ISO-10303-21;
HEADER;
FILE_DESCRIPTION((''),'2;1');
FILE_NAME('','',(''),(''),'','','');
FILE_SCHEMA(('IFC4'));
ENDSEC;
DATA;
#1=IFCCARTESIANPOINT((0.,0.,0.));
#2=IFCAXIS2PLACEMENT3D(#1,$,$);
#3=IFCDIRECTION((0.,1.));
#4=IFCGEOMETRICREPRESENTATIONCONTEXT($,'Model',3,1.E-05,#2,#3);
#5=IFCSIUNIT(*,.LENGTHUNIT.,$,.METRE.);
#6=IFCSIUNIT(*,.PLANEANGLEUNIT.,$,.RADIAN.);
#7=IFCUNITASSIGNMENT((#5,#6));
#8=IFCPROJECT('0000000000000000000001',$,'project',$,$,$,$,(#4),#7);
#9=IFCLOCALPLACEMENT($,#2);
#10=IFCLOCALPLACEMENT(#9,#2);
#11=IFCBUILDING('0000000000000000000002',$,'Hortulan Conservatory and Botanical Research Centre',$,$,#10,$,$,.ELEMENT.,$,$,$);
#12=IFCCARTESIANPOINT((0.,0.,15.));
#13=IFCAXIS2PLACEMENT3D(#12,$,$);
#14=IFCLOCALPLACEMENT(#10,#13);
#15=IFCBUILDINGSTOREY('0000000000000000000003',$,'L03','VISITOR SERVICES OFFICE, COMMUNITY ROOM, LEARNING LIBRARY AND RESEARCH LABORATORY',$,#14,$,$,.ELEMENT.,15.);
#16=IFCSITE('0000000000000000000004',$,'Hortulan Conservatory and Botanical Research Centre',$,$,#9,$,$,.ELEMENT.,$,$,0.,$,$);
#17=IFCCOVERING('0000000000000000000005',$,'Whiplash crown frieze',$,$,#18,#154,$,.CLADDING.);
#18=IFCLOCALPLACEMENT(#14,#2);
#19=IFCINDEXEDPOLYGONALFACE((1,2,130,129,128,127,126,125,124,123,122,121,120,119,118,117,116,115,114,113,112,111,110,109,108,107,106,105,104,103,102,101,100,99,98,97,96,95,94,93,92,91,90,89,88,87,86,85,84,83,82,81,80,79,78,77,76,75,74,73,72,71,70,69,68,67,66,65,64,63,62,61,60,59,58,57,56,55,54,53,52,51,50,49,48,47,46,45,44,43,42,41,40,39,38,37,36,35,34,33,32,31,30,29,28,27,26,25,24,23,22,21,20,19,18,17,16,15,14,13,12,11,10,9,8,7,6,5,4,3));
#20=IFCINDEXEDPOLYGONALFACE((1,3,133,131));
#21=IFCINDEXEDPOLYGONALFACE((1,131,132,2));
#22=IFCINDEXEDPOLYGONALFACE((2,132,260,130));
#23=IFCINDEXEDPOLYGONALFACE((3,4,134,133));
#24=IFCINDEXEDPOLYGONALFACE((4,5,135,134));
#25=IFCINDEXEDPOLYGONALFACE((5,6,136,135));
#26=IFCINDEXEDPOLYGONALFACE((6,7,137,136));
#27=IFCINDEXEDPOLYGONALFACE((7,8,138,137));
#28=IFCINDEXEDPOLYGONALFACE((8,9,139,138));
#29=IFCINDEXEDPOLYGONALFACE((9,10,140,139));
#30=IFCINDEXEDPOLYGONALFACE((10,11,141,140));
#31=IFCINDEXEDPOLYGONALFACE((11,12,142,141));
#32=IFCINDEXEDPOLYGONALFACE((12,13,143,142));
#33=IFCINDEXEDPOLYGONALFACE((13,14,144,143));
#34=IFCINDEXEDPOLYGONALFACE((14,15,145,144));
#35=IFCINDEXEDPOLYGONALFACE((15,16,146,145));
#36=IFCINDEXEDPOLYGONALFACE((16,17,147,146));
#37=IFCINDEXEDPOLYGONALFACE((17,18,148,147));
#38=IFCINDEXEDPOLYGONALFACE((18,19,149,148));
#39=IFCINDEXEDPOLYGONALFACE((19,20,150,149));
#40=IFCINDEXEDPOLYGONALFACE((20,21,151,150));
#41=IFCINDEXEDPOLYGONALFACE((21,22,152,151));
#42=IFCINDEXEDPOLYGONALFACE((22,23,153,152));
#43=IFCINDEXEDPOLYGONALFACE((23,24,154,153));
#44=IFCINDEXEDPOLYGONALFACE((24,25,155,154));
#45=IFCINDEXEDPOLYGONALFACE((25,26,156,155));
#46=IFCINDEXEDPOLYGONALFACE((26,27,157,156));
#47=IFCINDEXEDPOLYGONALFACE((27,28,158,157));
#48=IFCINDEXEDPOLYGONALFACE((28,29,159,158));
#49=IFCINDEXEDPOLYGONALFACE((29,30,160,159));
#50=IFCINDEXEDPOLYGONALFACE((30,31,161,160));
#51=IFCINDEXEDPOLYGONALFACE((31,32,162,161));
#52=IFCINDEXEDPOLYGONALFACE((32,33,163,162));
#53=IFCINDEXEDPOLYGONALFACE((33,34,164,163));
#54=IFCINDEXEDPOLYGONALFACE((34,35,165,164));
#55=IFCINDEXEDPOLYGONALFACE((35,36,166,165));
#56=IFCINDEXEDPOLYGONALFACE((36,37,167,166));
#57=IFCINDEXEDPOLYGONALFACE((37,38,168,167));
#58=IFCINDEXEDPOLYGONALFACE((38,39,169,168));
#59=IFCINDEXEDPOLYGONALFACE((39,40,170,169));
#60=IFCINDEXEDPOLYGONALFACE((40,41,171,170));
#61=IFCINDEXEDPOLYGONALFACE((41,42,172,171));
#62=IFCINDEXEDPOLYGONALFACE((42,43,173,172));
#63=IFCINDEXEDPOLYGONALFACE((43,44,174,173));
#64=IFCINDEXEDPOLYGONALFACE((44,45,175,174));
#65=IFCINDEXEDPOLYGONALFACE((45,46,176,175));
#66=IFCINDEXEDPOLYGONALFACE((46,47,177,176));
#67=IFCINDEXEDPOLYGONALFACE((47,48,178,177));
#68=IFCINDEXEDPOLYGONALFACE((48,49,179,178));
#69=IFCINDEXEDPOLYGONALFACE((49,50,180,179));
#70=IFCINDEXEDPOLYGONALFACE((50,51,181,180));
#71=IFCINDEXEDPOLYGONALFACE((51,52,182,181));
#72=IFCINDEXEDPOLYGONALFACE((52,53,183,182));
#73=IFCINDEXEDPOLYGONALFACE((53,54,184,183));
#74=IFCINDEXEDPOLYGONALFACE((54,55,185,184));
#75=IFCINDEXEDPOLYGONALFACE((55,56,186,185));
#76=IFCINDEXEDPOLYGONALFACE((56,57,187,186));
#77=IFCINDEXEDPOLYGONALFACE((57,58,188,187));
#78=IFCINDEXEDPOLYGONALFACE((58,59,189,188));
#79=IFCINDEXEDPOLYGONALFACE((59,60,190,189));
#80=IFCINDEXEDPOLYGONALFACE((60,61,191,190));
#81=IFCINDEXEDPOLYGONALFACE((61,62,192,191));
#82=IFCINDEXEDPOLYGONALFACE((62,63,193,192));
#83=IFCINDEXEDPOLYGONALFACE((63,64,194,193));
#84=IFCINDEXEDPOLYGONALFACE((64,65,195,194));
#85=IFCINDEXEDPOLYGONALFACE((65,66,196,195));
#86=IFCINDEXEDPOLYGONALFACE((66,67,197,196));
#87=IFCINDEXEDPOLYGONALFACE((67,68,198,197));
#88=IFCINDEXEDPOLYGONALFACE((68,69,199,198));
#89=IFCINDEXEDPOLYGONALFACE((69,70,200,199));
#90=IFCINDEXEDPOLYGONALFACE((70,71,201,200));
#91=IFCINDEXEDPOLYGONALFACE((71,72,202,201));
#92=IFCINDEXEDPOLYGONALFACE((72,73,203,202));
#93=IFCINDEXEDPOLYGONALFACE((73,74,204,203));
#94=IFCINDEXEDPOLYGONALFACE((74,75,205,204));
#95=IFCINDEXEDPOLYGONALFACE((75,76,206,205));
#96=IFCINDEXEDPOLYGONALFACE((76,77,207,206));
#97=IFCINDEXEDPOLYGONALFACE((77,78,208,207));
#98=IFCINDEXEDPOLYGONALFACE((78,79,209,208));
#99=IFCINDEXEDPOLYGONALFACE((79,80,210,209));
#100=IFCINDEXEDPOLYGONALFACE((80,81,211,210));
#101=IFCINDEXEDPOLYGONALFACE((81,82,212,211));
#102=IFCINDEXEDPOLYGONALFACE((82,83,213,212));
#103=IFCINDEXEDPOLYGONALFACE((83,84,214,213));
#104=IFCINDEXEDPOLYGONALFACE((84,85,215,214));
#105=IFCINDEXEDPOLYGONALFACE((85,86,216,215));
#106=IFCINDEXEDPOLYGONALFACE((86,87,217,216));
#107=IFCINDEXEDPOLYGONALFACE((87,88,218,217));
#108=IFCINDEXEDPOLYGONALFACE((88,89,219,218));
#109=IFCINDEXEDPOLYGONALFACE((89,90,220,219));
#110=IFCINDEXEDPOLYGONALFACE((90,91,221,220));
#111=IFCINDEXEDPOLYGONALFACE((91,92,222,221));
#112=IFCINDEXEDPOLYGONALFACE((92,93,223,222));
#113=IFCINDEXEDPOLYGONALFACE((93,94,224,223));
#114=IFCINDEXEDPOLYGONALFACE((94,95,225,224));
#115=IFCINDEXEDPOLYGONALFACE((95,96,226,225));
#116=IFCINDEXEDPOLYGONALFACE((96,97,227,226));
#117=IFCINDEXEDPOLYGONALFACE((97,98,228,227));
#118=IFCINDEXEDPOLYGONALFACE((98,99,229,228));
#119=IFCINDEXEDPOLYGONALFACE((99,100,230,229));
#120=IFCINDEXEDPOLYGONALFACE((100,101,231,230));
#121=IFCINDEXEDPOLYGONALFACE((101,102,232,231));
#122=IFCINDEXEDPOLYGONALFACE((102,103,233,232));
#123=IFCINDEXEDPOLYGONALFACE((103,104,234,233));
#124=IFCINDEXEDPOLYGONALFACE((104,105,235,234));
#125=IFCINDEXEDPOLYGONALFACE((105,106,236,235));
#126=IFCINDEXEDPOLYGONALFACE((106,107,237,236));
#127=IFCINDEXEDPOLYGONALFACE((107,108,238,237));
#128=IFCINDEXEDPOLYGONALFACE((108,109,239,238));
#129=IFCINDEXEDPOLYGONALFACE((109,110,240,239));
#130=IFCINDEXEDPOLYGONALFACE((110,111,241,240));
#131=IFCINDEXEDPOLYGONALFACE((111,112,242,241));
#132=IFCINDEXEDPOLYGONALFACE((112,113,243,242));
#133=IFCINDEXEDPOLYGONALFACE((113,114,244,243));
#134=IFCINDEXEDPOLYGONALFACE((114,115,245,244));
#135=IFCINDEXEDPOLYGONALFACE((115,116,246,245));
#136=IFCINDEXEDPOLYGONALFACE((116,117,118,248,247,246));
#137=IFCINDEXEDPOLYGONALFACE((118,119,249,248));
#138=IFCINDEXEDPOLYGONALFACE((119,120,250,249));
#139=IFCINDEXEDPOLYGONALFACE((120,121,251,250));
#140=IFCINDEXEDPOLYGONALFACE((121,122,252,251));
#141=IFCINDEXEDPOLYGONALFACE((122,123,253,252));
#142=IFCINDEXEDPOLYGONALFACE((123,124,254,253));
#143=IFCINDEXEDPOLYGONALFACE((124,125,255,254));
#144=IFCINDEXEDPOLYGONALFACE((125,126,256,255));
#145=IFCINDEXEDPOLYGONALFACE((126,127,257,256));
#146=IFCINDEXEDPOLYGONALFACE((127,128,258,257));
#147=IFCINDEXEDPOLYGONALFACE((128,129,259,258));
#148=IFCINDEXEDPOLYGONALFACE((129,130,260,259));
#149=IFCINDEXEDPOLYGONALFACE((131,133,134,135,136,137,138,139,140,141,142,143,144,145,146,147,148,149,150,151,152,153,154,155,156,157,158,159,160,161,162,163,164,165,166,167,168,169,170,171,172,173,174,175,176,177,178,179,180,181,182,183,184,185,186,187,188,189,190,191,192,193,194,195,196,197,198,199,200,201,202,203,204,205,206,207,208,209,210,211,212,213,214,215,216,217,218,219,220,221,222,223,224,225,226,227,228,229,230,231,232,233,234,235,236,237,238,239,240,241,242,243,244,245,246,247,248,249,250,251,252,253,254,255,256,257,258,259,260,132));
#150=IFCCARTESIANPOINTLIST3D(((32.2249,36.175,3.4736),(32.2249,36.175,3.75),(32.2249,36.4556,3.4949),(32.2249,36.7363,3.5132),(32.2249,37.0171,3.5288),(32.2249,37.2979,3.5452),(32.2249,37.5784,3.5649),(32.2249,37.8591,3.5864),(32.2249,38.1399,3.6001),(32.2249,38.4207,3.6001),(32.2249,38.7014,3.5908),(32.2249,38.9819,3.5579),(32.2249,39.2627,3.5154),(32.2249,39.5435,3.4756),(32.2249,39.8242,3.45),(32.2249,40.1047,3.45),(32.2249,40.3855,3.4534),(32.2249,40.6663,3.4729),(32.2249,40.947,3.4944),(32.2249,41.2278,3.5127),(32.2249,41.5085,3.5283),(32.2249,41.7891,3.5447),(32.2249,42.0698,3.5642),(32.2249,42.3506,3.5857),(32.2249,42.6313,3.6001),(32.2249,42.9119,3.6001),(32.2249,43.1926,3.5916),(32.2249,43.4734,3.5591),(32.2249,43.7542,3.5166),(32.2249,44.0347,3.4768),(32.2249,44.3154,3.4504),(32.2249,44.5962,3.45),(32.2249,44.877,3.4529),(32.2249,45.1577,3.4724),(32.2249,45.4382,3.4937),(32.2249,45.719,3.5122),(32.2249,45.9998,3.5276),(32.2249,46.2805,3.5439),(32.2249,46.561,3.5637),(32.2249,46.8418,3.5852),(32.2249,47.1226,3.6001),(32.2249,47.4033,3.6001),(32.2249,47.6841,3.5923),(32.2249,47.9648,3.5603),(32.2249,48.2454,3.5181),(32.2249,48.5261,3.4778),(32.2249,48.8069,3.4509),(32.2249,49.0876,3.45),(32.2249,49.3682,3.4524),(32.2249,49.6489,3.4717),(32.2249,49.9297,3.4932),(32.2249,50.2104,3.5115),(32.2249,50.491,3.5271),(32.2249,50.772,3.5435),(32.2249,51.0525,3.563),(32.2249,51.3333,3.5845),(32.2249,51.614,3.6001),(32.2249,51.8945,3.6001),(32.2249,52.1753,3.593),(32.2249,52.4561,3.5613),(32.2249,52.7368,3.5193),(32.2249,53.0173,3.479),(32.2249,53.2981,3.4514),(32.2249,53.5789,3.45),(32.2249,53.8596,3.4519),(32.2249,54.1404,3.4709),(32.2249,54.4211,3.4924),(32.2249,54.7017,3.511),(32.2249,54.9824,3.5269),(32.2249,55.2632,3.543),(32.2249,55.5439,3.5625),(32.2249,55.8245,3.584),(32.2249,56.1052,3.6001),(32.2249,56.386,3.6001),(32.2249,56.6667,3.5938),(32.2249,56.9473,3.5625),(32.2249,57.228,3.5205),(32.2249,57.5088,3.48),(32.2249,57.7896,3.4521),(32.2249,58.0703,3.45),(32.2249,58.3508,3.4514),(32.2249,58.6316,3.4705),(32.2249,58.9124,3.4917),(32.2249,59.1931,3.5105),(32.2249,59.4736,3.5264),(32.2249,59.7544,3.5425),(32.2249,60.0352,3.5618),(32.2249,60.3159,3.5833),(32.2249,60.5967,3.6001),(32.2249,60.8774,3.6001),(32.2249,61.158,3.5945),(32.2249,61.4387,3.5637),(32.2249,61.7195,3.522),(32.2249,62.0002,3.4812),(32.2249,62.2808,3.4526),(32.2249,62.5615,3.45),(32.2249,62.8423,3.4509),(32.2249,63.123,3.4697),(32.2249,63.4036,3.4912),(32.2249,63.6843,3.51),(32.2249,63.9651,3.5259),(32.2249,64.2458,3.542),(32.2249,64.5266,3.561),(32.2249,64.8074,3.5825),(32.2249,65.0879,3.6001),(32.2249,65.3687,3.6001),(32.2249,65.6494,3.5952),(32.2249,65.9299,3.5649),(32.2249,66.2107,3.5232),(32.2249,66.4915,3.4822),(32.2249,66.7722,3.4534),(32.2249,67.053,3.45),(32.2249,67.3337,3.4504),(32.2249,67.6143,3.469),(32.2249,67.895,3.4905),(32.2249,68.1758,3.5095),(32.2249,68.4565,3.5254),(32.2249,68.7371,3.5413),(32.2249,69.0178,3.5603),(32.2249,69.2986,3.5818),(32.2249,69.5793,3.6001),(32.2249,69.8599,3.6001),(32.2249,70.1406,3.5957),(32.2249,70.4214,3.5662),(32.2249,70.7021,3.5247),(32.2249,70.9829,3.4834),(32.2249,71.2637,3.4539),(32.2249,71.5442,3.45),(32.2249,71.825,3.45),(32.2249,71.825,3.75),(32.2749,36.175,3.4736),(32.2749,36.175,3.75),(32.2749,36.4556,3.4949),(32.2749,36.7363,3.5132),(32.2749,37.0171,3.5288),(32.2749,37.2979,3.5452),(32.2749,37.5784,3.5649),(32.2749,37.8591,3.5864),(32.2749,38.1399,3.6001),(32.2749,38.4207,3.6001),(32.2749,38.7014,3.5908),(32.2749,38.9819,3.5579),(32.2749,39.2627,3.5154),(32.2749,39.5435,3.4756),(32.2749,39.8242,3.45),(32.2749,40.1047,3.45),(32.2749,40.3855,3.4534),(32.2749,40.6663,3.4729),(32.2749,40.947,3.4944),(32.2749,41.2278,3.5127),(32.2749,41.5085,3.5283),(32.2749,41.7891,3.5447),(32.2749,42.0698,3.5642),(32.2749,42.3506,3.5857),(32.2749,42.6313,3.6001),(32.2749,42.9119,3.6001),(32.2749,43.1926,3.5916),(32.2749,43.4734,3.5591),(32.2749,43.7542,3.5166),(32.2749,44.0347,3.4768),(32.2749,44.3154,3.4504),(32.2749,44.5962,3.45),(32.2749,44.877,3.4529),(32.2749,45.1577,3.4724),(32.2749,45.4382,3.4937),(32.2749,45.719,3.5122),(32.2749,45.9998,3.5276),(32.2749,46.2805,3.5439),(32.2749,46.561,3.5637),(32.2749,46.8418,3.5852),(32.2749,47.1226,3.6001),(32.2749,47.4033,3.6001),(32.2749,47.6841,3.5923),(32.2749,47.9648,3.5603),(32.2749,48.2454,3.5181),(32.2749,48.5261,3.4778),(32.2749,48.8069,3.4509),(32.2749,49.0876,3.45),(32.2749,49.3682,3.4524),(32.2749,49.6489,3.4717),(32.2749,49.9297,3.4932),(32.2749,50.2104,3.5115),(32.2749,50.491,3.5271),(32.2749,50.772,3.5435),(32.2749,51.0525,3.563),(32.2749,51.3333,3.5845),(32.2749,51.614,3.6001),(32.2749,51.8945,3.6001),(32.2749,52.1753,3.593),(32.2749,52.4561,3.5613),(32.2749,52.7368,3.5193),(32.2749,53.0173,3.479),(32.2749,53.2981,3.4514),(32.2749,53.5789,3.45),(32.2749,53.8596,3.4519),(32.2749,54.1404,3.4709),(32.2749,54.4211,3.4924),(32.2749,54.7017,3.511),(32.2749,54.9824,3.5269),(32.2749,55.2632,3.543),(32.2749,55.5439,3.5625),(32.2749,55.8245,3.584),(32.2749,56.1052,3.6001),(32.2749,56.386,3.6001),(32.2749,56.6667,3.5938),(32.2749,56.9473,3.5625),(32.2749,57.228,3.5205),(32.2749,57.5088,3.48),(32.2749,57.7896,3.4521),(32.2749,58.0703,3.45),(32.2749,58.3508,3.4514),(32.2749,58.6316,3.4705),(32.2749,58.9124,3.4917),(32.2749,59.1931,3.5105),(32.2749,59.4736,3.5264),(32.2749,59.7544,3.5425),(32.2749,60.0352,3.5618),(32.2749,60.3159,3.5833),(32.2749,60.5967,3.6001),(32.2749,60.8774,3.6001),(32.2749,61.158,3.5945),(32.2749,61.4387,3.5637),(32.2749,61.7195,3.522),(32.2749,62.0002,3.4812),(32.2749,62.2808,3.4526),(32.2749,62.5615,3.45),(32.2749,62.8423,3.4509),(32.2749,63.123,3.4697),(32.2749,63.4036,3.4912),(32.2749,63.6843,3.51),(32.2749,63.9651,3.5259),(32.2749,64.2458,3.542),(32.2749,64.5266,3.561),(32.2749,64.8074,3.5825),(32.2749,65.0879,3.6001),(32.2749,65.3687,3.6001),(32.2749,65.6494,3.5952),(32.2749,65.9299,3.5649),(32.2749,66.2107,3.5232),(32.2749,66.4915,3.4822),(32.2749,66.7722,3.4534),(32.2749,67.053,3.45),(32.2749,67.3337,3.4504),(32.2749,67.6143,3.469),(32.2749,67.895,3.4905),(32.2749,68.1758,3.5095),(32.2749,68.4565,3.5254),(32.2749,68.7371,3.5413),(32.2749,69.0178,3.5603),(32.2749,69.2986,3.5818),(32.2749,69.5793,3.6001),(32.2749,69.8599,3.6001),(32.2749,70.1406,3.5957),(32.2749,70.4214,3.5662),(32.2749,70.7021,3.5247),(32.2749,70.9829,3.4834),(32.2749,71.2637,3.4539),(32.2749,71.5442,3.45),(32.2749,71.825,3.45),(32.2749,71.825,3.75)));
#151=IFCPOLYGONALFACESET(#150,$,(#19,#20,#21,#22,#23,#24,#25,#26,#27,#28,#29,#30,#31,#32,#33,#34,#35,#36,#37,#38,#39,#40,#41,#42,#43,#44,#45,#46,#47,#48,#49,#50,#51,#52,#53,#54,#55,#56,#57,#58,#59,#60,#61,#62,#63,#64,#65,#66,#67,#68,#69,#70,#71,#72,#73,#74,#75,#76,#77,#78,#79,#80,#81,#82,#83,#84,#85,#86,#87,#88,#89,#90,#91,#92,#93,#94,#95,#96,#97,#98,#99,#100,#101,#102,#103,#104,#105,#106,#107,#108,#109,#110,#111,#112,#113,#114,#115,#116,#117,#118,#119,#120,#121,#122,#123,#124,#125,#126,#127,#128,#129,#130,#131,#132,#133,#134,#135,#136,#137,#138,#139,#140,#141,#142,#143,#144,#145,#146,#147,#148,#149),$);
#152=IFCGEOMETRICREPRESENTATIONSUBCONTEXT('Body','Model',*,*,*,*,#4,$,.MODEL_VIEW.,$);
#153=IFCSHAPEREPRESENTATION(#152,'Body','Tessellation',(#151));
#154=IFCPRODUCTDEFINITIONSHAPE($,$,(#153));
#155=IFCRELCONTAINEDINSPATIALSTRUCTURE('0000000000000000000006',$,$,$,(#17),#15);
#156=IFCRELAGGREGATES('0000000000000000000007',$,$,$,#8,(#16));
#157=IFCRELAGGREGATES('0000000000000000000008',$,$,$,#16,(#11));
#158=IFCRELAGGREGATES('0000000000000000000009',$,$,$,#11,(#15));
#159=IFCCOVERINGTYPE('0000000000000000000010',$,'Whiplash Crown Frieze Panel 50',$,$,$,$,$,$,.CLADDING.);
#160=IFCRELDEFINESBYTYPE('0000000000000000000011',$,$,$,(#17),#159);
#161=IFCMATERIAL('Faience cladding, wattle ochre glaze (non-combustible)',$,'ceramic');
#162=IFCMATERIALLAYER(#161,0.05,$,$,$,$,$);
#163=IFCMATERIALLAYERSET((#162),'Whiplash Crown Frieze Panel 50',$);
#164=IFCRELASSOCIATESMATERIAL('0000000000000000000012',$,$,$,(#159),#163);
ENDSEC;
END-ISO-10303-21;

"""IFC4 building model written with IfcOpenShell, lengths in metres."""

from ifc_helpers import new_model, si_unit, direction, frame, origin, place, context, subcontext, project, spatial, polyline, outline, extrude, material, layer, layer_set, type_object, element, save


model = new_model("IFC4")

# Units and contexts
model_context = context("Model", 3, precision=1e-05, world=origin(), true_north=direction((0.0, 1.0)))
body_context = subcontext(model_context, "Body", "Model", "MODEL_VIEW")
ifc_project = project(units=[si_unit("LENGTHUNIT", "METRE"), si_unit("PLANEANGLEUNIT", "RADIAN")], contexts=[model_context])

# Site, building, storey
site_placement = place(None, origin())
site = spatial("IfcSite", under=ifc_project, at=site_placement, Name="Hortulan Conservatory and Botanical Research Centre", CompositionType="ELEMENT", RefElevation=0.0)
building_placement = place(site_placement, origin())
building = spatial("IfcBuilding", under=site, at=building_placement, Name="Hortulan Conservatory and Botanical Research Centre", CompositionType="ELEMENT")
storey_placement = place(building_placement, frame((0.0, 0.0, 15.0)))
storey = spatial("IfcBuildingStorey", under=building, at=storey_placement, Name="L03", Description="VISITOR SERVICES OFFICE, COMMUNITY ROOM, LEARNING LIBRARY AND RESEARCH LABORATORY", CompositionType="ELEMENT", Elevation=15.0)

# Covering
ifc_material_1 = material(Name="Faience cladding, wattle ochre glaze (non-combustible)", Category="ceramic")
ifc_layer_1 = layer(ifc_material_1, 0.05)
ifc_layer_set_1 = layer_set([ifc_layer_1], Name="Whiplash Crown Frieze Panel 50")
covering_type_1 = type_object("IfcCoveringType", Name="Whiplash Crown Frieze Panel 50", PredefinedType="CLADDING", material=ifc_layer_set_1)
covering_1_placement = place(storey_placement, frame((32.25, 71.825, 3.45), z_axis=(0.0, 0.0, 1.0), x_axis=(0.0, -1.0, 0.0)))
element("IfcCovering", 1, at=covering_1_placement, inside=storey, type_object=covering_type_1, Name="Whiplash crown frieze", PredefinedType="CLADDING", context=body_context, shape_type="SweptSolid", body=[
    extrude(outline(polyline([(0.0, 0.0), (0.2808, 0.0), (0.5613, 0.0039), (0.842, 0.0334), (1.1228, 0.0747), (1.4036, 0.1162), (1.6843, 0.1458), (1.9651, 0.1501), (2.2456, 0.1501), (2.5264, 0.1318), (2.8071, 0.1104), (3.0879, 0.0913), (3.3684, 0.0754), (3.6492, 0.0596), (3.9299, 0.0405), (4.2107, 0.019), (4.4912, 0.0005), (4.772, 0.0), (5.0527, 0.0034), (5.3335, 0.0322), (5.6143, 0.0732), (5.895, 0.115), (6.1755, 0.1453), (6.4563, 0.1501), (6.7371, 0.1501), (7.0176, 0.1326), (7.2983, 0.1111), (7.5791, 0.092), (7.8599, 0.0759), (8.1406, 0.0601), (8.4214, 0.0413), (8.7019, 0.0198), (8.9827, 0.001), (9.2634, 0.0), (9.5442, 0.0027), (9.8247, 0.0312), (10.1055, 0.072), (10.3862, 0.1138), (10.667, 0.1445), (10.9475, 0.1501), (11.2283, 0.1501), (11.509, 0.1333), (11.7898, 0.1118), (12.0706, 0.0925), (12.3513, 0.0764), (12.6318, 0.0605), (12.9126, 0.0417), (13.1934, 0.0205), (13.4741, 0.0015), (13.7546, 0.0), (14.0354, 0.0022), (14.3162, 0.03), (14.5969, 0.0706), (14.8777, 0.1125), (15.1582, 0.1438), (15.439, 0.1501), (15.7197, 0.1501), (16.0005, 0.134), (16.281, 0.1125), (16.5618, 0.093), (16.8425, 0.0769), (17.1233, 0.061), (17.4038, 0.0425), (17.6846, 0.021), (17.9653, 0.002), (18.2461, 0.0), (18.5269, 0.0015), (18.8076, 0.0291), (19.0881, 0.0693), (19.3689, 0.1113), (19.6497, 0.1431), (19.9304, 0.1501), (20.2109, 0.1501), (20.4917, 0.1345), (20.7725, 0.113), (21.053, 0.0935), (21.334, 0.0771), (21.6145, 0.0615), (21.8953, 0.0432), (22.176, 0.0217), (22.4568, 0.0024), (22.7373, 0.0), (23.0181, 0.001), (23.2988, 0.0278), (23.5796, 0.0681), (23.8601, 0.1104), (24.1409, 0.1423), (24.4216, 0.1501), (24.7024, 0.1501), (24.9832, 0.1353), (25.2639, 0.1138), (25.5444, 0.094), (25.8252, 0.0776), (26.106, 0.0623), (26.3867, 0.0437), (26.6672, 0.0225), (26.948, 0.0029), (27.2288, 0.0), (27.5095, 0.0005), (27.7903, 0.0269), (28.0708, 0.0667), (28.3516, 0.1091), (28.6323, 0.1416), (28.9131, 0.1501), (29.1936, 0.1501), (29.4744, 0.1357), (29.7551, 0.1143), (30.0359, 0.0947), (30.3164, 0.0784), (30.5972, 0.0627), (30.8779, 0.0444), (31.1587, 0.0229), (31.4395, 0.0034), (31.7202, 0.0), (32.0007, 0.0), (32.2815, 0.0256), (32.5623, 0.0654), (32.843, 0.1079), (33.1235, 0.1409), (33.4043, 0.1501), (33.6851, 0.1501), (33.9658, 0.1365), (34.2466, 0.115), (34.5271, 0.0952), (34.8079, 0.0789), (35.0886, 0.0632), (35.3694, 0.0449), (35.6499, 0.0237), (35.6499, 0.3), (0.0, 0.3), (0.0, 0.0)])), frame((0.0, 0.0249, 0.0), z_axis=(0.0, -1.0, 0.0), x_axis=(1.0, 0.0, 0.0)), (0.0, 0.0, 1.0), 0.05),
])

save(model, "model.ifc")
